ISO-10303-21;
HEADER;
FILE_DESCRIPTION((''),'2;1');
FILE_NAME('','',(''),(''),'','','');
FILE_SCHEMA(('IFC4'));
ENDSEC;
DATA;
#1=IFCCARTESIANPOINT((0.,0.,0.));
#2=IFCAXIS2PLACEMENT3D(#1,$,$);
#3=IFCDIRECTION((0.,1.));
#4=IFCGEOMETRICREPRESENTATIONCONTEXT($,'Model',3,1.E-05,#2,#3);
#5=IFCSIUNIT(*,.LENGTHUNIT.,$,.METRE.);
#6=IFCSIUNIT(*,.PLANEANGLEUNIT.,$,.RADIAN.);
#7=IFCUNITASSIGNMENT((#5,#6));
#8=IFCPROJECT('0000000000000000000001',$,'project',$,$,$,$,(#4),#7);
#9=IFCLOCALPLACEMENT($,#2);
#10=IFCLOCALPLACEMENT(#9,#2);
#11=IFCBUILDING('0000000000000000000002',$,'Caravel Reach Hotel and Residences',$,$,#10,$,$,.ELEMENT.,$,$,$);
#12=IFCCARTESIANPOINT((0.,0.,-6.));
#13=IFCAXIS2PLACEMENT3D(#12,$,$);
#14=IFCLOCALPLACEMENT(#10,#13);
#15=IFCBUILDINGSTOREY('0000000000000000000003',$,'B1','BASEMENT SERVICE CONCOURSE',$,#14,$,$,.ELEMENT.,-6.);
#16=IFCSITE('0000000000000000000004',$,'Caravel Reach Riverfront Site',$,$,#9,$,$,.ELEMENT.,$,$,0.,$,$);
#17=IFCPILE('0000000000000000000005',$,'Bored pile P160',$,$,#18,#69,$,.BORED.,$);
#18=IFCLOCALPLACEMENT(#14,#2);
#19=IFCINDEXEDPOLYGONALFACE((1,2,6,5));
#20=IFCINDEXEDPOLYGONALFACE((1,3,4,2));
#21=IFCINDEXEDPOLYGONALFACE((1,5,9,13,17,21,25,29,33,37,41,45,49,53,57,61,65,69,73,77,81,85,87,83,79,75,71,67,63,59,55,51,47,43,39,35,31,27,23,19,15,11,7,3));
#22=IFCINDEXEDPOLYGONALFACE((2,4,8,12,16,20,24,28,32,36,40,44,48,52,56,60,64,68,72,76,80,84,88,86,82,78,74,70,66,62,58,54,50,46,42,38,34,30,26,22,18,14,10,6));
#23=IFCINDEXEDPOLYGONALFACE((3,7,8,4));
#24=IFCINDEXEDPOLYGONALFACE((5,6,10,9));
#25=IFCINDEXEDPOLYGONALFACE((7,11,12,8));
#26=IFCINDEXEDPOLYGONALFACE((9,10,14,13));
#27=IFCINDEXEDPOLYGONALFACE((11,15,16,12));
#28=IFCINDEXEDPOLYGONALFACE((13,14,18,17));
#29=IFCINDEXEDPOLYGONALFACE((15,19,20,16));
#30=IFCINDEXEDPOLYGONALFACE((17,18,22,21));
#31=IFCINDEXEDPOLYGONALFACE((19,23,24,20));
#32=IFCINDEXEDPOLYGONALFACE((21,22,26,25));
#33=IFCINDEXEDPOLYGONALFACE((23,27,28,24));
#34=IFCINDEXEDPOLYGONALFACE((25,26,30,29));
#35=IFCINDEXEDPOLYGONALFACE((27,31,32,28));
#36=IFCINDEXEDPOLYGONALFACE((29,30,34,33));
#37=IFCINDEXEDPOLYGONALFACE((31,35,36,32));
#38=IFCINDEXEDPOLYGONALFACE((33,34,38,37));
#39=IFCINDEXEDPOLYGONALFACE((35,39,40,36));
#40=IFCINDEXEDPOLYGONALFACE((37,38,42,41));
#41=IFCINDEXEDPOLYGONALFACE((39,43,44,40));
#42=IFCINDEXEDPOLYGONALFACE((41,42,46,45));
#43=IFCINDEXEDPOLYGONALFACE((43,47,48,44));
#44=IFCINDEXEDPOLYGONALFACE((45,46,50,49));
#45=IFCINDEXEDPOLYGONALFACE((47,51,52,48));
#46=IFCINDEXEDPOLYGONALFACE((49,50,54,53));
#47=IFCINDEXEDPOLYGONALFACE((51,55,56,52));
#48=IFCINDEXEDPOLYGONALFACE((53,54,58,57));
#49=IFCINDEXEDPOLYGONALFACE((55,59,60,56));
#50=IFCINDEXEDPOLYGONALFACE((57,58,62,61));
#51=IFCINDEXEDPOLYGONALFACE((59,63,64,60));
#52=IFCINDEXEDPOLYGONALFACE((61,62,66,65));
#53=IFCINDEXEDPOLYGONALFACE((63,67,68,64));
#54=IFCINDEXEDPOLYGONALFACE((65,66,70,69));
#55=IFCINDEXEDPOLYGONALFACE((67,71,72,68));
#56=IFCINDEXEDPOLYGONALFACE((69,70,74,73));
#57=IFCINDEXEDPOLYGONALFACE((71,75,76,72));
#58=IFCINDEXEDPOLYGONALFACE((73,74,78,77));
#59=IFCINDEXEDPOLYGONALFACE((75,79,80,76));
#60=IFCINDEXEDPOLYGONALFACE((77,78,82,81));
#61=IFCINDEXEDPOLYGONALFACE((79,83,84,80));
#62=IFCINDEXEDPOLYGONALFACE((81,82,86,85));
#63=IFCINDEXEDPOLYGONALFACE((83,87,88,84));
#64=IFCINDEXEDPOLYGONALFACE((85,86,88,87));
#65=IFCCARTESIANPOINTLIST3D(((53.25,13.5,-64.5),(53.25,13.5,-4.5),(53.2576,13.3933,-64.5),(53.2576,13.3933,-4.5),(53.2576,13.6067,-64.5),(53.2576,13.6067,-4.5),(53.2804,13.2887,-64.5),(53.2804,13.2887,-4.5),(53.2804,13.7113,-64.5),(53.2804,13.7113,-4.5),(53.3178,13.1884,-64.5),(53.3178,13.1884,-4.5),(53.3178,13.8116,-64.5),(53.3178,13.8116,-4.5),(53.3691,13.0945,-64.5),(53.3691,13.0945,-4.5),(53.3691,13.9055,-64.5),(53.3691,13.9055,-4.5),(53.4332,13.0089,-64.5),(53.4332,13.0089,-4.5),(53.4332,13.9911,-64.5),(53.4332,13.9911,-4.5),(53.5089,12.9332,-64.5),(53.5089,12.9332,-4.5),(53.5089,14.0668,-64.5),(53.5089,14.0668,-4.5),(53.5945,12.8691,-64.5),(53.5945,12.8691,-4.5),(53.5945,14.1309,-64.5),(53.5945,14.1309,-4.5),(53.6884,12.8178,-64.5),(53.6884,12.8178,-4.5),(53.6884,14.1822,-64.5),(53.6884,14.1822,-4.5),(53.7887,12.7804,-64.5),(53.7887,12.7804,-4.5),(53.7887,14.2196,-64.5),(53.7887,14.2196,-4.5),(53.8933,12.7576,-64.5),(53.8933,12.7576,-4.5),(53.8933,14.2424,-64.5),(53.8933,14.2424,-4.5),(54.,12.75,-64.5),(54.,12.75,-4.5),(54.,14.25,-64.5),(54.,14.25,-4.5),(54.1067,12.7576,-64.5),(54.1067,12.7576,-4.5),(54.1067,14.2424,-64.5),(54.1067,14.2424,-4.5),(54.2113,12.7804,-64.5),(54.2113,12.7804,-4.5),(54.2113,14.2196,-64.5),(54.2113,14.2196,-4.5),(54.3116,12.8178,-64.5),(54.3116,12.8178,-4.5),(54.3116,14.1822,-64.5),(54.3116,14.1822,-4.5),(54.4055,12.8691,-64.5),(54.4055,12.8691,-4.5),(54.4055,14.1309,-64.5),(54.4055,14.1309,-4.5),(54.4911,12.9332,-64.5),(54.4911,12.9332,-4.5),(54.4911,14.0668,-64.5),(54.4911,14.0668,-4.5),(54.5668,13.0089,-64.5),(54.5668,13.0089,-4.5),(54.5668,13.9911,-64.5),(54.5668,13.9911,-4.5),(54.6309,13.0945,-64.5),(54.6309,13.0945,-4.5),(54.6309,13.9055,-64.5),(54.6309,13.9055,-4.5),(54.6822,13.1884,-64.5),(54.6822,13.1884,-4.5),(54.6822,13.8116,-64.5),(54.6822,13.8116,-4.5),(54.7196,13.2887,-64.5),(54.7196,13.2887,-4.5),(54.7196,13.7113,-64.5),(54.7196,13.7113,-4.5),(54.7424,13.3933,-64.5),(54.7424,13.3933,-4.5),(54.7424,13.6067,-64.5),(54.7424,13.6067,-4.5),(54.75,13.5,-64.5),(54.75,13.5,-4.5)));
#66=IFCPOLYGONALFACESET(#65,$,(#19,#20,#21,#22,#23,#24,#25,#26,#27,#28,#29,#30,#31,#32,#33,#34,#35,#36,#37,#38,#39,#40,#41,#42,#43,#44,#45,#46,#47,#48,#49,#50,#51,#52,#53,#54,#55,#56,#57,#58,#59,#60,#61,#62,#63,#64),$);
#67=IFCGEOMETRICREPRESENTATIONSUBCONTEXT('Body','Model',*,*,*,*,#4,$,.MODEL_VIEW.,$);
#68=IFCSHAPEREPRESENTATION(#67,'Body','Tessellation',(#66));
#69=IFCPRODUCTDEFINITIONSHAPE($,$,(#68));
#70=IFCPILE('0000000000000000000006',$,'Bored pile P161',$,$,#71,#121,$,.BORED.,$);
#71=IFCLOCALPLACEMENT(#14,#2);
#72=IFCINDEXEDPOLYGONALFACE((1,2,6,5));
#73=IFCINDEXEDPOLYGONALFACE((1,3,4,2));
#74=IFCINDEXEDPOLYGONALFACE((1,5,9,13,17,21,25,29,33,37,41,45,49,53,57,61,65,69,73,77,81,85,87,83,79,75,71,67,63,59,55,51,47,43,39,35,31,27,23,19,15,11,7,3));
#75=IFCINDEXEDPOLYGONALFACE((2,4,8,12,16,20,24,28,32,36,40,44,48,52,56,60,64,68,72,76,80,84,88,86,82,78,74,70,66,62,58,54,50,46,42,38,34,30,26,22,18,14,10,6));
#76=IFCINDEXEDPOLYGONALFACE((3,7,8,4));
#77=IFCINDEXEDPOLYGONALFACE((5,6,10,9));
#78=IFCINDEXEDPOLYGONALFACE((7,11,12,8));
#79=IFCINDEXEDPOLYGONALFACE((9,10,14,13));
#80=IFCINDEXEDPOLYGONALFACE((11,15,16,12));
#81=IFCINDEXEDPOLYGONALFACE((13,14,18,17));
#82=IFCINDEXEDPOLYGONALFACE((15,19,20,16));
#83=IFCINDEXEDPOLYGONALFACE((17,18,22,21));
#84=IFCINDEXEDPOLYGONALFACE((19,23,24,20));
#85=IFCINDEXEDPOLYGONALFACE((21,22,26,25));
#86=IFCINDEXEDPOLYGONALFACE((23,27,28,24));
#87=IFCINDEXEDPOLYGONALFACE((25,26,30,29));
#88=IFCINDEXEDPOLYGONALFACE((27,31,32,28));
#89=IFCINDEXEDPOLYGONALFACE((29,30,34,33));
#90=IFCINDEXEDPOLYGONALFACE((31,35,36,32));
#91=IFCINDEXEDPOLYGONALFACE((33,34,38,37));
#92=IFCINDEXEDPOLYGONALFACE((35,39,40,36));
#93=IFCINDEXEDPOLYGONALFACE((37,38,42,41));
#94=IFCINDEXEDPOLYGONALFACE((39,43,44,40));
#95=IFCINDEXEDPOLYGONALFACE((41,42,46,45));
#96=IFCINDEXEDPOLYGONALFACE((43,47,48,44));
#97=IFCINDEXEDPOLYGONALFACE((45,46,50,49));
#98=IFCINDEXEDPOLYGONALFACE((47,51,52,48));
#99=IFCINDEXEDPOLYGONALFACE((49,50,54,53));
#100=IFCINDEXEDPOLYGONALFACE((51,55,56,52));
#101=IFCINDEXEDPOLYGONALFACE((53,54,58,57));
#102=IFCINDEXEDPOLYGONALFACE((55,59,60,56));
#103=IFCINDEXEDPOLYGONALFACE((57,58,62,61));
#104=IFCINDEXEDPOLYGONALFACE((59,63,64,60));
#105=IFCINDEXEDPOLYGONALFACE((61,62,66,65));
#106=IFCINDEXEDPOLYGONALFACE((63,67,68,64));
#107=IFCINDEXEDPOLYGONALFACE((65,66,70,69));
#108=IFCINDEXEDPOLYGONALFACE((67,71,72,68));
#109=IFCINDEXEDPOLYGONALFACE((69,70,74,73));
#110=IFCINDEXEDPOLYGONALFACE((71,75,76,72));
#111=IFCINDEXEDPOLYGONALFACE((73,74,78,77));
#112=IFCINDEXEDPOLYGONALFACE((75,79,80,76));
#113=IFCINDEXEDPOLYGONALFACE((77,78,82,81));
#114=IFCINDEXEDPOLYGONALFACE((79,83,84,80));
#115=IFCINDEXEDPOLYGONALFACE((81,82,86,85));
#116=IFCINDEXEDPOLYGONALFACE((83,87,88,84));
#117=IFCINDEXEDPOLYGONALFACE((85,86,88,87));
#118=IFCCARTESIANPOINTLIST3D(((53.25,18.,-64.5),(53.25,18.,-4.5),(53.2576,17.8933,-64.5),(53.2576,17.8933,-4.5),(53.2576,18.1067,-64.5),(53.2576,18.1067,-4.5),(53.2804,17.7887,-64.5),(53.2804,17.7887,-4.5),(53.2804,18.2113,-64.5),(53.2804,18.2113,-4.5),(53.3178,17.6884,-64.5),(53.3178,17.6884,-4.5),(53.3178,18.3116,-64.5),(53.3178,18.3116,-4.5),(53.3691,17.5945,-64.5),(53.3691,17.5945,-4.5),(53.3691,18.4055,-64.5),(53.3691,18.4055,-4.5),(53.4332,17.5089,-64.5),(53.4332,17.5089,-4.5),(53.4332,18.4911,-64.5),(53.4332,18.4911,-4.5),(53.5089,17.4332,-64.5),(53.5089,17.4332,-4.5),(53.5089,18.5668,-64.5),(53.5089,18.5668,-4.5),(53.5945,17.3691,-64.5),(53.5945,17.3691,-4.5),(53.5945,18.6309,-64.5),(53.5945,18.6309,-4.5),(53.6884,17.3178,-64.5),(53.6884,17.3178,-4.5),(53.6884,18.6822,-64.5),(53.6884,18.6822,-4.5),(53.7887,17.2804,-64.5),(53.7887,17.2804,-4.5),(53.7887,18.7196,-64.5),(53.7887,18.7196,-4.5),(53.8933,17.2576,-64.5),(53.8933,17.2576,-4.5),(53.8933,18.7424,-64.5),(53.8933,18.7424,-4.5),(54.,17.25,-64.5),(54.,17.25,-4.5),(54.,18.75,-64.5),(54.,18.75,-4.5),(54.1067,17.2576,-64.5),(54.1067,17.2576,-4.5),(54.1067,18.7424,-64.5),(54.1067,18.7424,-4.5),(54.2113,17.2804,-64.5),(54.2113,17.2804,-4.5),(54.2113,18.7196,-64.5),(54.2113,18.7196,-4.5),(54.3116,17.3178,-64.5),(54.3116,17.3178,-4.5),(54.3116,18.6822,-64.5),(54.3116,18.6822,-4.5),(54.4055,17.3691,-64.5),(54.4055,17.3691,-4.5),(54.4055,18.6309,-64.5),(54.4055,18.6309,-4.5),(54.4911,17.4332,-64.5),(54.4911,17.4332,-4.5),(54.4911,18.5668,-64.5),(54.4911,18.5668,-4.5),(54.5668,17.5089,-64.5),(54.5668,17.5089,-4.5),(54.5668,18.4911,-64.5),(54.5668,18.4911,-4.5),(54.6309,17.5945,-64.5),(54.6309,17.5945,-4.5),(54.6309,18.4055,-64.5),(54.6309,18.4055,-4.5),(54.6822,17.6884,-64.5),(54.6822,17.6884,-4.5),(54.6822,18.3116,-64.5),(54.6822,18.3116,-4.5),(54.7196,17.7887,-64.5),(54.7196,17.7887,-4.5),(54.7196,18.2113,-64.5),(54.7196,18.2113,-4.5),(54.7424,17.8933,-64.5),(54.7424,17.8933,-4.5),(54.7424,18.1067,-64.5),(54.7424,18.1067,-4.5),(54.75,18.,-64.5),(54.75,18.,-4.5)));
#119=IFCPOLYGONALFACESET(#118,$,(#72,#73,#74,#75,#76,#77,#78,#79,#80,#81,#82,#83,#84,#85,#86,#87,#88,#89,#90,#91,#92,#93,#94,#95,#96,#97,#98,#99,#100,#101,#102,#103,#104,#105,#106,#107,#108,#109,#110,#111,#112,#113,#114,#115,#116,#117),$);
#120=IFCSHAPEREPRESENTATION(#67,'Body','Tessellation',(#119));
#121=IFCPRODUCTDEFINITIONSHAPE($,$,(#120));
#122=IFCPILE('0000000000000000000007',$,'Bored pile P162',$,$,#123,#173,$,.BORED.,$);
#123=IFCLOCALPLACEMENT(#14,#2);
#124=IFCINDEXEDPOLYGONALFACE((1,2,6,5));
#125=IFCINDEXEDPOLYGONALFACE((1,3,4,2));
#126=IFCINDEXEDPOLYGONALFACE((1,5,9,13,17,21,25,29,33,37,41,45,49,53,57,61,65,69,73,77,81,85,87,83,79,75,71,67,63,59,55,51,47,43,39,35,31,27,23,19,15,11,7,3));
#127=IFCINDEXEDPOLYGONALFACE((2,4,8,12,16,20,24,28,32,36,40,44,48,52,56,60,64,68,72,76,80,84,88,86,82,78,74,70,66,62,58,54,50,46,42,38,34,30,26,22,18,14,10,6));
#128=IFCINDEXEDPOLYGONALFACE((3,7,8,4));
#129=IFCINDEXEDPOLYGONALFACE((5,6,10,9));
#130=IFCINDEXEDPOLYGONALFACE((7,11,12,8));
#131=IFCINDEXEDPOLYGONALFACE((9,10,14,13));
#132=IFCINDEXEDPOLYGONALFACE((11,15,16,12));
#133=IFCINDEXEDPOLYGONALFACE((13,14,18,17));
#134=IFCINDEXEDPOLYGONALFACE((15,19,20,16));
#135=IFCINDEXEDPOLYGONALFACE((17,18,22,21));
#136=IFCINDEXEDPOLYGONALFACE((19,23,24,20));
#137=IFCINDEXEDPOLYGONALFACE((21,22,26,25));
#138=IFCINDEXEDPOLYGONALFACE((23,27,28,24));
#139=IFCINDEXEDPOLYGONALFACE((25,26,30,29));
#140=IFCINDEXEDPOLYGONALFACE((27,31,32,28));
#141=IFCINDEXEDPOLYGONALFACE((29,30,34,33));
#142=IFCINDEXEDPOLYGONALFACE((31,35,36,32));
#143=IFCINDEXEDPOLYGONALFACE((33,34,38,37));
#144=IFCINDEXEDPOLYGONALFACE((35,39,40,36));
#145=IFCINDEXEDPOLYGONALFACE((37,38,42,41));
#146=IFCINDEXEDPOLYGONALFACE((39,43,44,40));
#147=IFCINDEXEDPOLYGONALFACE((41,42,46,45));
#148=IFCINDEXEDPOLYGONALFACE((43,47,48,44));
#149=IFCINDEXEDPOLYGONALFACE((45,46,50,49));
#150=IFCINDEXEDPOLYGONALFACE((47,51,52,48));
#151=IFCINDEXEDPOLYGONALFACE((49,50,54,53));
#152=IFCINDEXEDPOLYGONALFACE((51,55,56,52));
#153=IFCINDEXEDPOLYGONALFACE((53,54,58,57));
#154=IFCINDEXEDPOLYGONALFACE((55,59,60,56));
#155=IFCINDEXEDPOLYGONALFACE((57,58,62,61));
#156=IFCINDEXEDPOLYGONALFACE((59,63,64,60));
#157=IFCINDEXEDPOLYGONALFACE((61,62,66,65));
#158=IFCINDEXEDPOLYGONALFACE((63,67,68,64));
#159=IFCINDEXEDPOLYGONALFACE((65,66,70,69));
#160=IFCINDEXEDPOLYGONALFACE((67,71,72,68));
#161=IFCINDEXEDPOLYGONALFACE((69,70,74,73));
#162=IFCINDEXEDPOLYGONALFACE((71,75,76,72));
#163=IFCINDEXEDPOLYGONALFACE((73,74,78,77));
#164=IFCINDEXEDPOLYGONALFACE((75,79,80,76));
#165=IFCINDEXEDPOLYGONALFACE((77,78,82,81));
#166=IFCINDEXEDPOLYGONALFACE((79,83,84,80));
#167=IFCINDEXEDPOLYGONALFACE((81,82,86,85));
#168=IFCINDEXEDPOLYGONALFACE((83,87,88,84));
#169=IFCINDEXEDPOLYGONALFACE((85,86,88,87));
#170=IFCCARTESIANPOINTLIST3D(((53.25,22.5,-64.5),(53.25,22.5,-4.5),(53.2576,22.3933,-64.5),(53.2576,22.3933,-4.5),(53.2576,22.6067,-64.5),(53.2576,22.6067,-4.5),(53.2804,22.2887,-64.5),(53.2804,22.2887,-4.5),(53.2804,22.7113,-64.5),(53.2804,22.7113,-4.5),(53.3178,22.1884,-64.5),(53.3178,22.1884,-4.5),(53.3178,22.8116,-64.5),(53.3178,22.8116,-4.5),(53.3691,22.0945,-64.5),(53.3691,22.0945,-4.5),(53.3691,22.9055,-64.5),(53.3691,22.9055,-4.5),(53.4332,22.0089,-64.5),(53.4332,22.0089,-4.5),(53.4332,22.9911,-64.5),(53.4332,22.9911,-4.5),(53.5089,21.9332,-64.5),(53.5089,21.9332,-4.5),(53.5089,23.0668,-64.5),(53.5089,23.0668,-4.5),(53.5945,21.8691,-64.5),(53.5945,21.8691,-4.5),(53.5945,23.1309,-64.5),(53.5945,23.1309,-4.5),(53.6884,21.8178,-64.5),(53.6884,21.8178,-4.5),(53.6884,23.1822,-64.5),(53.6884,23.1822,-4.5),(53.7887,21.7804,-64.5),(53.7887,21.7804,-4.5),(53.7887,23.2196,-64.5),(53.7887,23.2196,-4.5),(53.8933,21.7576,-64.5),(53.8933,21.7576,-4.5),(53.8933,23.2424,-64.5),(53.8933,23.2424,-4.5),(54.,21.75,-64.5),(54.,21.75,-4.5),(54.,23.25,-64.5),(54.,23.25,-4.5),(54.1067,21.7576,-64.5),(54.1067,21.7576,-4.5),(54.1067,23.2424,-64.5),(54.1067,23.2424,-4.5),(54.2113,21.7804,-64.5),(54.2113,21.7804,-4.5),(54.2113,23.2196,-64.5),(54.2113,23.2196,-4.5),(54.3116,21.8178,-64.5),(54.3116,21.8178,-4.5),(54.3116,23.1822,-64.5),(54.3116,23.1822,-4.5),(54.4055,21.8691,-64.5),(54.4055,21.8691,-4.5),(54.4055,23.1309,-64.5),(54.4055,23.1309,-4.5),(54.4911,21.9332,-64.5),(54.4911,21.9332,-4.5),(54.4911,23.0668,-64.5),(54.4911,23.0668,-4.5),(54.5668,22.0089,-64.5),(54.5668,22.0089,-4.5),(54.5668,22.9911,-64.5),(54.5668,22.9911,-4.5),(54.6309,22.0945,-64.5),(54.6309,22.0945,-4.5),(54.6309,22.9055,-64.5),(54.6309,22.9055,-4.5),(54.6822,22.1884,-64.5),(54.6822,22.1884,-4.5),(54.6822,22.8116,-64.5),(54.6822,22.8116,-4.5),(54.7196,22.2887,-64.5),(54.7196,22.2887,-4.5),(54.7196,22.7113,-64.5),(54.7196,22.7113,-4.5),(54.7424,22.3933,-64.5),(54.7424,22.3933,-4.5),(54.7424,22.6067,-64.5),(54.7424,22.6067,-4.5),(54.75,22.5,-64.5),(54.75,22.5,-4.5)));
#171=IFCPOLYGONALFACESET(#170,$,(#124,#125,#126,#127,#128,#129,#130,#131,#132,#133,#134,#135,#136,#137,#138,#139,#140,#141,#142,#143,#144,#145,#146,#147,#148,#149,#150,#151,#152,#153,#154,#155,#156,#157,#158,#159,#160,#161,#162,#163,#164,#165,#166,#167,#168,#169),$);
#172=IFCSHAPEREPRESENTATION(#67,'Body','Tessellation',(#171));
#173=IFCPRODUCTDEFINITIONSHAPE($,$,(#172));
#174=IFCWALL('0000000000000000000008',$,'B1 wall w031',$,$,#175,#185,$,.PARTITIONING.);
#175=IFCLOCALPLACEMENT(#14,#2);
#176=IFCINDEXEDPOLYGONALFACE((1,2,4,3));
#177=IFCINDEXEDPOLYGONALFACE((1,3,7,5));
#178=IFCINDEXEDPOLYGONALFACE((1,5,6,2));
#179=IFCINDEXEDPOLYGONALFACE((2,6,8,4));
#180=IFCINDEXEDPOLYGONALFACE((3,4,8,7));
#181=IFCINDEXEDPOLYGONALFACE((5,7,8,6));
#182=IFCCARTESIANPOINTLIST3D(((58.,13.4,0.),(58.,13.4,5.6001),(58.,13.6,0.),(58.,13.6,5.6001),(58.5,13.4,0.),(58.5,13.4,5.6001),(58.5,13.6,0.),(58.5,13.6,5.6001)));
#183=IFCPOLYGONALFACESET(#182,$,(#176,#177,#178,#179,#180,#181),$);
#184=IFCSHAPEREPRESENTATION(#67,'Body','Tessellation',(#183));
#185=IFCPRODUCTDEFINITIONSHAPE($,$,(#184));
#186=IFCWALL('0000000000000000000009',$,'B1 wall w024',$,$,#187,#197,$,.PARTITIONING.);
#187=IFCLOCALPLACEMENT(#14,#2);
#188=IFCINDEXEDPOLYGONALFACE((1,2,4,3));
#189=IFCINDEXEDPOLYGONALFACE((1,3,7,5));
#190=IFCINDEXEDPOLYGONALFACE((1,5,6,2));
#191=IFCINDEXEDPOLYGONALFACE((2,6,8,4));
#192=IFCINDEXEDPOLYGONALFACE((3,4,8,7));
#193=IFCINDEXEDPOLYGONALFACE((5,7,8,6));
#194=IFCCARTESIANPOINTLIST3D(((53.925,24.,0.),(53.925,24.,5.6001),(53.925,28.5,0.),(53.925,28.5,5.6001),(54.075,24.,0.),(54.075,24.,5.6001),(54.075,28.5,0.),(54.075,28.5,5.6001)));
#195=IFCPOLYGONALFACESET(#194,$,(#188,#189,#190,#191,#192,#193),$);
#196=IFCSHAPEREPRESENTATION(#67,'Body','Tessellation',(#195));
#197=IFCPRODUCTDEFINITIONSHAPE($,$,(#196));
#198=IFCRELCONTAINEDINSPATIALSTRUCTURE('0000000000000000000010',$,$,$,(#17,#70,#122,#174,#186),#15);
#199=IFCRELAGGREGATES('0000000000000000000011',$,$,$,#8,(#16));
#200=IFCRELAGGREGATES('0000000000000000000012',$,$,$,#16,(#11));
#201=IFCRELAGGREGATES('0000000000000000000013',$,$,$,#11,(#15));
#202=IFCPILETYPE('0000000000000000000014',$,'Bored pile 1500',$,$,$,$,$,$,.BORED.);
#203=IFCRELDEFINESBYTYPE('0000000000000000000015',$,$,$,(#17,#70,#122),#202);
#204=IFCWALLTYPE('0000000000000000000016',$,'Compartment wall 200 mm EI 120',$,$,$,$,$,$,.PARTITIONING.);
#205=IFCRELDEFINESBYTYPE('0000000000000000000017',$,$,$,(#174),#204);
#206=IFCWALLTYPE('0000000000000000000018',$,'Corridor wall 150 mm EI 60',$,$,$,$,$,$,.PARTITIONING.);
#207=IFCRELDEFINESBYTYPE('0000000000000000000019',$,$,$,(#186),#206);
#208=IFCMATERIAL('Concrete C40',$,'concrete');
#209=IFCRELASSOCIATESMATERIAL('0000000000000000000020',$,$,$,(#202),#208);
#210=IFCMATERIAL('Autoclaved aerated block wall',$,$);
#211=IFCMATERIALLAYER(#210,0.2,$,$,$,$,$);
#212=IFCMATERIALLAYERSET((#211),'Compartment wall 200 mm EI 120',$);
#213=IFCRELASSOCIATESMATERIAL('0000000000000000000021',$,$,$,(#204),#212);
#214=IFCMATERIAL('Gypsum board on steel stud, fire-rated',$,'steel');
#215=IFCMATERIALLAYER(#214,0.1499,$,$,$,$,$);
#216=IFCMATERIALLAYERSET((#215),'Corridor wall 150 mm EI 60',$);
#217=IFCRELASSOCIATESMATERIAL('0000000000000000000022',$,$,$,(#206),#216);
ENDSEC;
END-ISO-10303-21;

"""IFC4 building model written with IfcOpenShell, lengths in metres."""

from ifc_helpers import new_model, si_unit, direction, frame, frame_2d, origin, origin_2d, place, context, subcontext, project, spatial, rectangle, circle, extrude, material, layer, layer_set, material_profile, profile_set, type_object, element, save


model = new_model("IFC4")

# Units and contexts
model_context = context("Model", 3, precision=1e-05, world=origin(), true_north=direction((0.0, 1.0)))
body_context = subcontext(model_context, "Body", "Model", "MODEL_VIEW")
ifc_project = project(units=[si_unit("LENGTHUNIT", "METRE"), si_unit("PLANEANGLEUNIT", "RADIAN")], contexts=[model_context])

# Site, building, storey
site_placement = place(None, origin())
site = spatial("IfcSite", under=ifc_project, at=site_placement, Name="Caravel Reach Riverfront Site", CompositionType="ELEMENT", RefElevation=0.0)
building_placement = place(site_placement, origin())
building = spatial("IfcBuilding", under=site, at=building_placement, Name="Caravel Reach Hotel and Residences", CompositionType="ELEMENT")
storey_placement = place(building_placement, frame((0.0, 0.0, -6.0)))
storey = spatial("IfcBuildingStorey", under=building, at=storey_placement, Name="B1", Description="BASEMENT SERVICE CONCOURSE", CompositionType="ELEMENT", Elevation=-6.0)

# Piles
ifc_material_1 = material(Name="Concrete C40", Category="concrete")
ifc_material_profile = material_profile(ifc_material_1, circle(Radius=0.75, at=origin_2d()), Name="PILE 1500")
ifc_profile_set = profile_set([ifc_material_profile], Name="Concrete C40")
pile_type = type_object("IfcPileType", Name="Bored pile 1500", PredefinedType="BORED", material=ifc_profile_set)
for number, where, z_axis, x_axis, name in (
    (1, (54.0, 13.5, -4.5), (0.0, 0.0, -1.0), (1.0, 0.0, 0.0), "Bored pile P160"),
    (2, (54.0, 18.0, -4.5), (0.0, 0.0, -1.0), (1.0, 0.0, 0.0), "Bored pile P161"),
    (3, (54.0, 22.5, -4.5), (0.0, 0.0, -1.0), (1.0, 0.0, 0.0), "Bored pile P162"),
):
    element("IfcPile", number, at=place(storey_placement, frame(where, z_axis=z_axis, x_axis=x_axis)), inside=storey, type_object=pile_type, Name=name, PredefinedType="BORED", context=body_context, shape_type="SweptSolid", body=[
        extrude(circle(Radius=0.75, at=origin_2d()), origin(), (0.0, 0.0, 1.0), 60.0),
    ])

# Walls
ifc_material_2 = material(Name="Autoclaved aerated block wall")
ifc_layer_1 = layer(ifc_material_2, 0.2)
ifc_layer_set_1 = layer_set([ifc_layer_1], Name="Compartment wall 200 mm EI 120")
wall_type_1 = type_object("IfcWallType", Name="Compartment wall 200 mm EI 120", PredefinedType="PARTITIONING", material=ifc_layer_set_1)
wall_1_placement = place(storey_placement, frame((58.0, 13.5, 0.0), z_axis=(0.0, 0.0, 1.0), x_axis=(1.0, 0.0, 0.0)))
element("IfcWall", 4, at=wall_1_placement, inside=storey, type_object=wall_type_1, Name="B1 wall w031", PredefinedType="PARTITIONING", context=body_context, shape_type="SweptSolid", body=[
    extrude(rectangle(XDim=0.5, YDim=0.2, at=frame_2d((0.25, 0.0))), origin(), (0.0, 0.0, 1.0), 5.6001),
])
ifc_material_3 = material(Name="Gypsum board on steel stud, fire-rated", Category="steel")
ifc_layer_2 = layer(ifc_material_3, 0.1499)
ifc_layer_set_2 = layer_set([ifc_layer_2], Name="Corridor wall 150 mm EI 60")
wall_type_2 = type_object("IfcWallType", Name="Corridor wall 150 mm EI 60", PredefinedType="PARTITIONING", material=ifc_layer_set_2)
wall_2_placement = place(storey_placement, frame((54.0, 24.0, 0.0), z_axis=(0.0, 0.0, 1.0), x_axis=(0.0, 1.0, 0.0)))
element("IfcWall", 5, at=wall_2_placement, inside=storey, type_object=wall_type_2, Name="B1 wall w024", PredefinedType="PARTITIONING", context=body_context, shape_type="SweptSolid", body=[
    extrude(rectangle(XDim=4.5, YDim=0.1499, at=frame_2d((2.25, 0.0))), origin(), (0.0, 0.0, 1.0), 5.6001),
])

save(model, "model.ifc")
